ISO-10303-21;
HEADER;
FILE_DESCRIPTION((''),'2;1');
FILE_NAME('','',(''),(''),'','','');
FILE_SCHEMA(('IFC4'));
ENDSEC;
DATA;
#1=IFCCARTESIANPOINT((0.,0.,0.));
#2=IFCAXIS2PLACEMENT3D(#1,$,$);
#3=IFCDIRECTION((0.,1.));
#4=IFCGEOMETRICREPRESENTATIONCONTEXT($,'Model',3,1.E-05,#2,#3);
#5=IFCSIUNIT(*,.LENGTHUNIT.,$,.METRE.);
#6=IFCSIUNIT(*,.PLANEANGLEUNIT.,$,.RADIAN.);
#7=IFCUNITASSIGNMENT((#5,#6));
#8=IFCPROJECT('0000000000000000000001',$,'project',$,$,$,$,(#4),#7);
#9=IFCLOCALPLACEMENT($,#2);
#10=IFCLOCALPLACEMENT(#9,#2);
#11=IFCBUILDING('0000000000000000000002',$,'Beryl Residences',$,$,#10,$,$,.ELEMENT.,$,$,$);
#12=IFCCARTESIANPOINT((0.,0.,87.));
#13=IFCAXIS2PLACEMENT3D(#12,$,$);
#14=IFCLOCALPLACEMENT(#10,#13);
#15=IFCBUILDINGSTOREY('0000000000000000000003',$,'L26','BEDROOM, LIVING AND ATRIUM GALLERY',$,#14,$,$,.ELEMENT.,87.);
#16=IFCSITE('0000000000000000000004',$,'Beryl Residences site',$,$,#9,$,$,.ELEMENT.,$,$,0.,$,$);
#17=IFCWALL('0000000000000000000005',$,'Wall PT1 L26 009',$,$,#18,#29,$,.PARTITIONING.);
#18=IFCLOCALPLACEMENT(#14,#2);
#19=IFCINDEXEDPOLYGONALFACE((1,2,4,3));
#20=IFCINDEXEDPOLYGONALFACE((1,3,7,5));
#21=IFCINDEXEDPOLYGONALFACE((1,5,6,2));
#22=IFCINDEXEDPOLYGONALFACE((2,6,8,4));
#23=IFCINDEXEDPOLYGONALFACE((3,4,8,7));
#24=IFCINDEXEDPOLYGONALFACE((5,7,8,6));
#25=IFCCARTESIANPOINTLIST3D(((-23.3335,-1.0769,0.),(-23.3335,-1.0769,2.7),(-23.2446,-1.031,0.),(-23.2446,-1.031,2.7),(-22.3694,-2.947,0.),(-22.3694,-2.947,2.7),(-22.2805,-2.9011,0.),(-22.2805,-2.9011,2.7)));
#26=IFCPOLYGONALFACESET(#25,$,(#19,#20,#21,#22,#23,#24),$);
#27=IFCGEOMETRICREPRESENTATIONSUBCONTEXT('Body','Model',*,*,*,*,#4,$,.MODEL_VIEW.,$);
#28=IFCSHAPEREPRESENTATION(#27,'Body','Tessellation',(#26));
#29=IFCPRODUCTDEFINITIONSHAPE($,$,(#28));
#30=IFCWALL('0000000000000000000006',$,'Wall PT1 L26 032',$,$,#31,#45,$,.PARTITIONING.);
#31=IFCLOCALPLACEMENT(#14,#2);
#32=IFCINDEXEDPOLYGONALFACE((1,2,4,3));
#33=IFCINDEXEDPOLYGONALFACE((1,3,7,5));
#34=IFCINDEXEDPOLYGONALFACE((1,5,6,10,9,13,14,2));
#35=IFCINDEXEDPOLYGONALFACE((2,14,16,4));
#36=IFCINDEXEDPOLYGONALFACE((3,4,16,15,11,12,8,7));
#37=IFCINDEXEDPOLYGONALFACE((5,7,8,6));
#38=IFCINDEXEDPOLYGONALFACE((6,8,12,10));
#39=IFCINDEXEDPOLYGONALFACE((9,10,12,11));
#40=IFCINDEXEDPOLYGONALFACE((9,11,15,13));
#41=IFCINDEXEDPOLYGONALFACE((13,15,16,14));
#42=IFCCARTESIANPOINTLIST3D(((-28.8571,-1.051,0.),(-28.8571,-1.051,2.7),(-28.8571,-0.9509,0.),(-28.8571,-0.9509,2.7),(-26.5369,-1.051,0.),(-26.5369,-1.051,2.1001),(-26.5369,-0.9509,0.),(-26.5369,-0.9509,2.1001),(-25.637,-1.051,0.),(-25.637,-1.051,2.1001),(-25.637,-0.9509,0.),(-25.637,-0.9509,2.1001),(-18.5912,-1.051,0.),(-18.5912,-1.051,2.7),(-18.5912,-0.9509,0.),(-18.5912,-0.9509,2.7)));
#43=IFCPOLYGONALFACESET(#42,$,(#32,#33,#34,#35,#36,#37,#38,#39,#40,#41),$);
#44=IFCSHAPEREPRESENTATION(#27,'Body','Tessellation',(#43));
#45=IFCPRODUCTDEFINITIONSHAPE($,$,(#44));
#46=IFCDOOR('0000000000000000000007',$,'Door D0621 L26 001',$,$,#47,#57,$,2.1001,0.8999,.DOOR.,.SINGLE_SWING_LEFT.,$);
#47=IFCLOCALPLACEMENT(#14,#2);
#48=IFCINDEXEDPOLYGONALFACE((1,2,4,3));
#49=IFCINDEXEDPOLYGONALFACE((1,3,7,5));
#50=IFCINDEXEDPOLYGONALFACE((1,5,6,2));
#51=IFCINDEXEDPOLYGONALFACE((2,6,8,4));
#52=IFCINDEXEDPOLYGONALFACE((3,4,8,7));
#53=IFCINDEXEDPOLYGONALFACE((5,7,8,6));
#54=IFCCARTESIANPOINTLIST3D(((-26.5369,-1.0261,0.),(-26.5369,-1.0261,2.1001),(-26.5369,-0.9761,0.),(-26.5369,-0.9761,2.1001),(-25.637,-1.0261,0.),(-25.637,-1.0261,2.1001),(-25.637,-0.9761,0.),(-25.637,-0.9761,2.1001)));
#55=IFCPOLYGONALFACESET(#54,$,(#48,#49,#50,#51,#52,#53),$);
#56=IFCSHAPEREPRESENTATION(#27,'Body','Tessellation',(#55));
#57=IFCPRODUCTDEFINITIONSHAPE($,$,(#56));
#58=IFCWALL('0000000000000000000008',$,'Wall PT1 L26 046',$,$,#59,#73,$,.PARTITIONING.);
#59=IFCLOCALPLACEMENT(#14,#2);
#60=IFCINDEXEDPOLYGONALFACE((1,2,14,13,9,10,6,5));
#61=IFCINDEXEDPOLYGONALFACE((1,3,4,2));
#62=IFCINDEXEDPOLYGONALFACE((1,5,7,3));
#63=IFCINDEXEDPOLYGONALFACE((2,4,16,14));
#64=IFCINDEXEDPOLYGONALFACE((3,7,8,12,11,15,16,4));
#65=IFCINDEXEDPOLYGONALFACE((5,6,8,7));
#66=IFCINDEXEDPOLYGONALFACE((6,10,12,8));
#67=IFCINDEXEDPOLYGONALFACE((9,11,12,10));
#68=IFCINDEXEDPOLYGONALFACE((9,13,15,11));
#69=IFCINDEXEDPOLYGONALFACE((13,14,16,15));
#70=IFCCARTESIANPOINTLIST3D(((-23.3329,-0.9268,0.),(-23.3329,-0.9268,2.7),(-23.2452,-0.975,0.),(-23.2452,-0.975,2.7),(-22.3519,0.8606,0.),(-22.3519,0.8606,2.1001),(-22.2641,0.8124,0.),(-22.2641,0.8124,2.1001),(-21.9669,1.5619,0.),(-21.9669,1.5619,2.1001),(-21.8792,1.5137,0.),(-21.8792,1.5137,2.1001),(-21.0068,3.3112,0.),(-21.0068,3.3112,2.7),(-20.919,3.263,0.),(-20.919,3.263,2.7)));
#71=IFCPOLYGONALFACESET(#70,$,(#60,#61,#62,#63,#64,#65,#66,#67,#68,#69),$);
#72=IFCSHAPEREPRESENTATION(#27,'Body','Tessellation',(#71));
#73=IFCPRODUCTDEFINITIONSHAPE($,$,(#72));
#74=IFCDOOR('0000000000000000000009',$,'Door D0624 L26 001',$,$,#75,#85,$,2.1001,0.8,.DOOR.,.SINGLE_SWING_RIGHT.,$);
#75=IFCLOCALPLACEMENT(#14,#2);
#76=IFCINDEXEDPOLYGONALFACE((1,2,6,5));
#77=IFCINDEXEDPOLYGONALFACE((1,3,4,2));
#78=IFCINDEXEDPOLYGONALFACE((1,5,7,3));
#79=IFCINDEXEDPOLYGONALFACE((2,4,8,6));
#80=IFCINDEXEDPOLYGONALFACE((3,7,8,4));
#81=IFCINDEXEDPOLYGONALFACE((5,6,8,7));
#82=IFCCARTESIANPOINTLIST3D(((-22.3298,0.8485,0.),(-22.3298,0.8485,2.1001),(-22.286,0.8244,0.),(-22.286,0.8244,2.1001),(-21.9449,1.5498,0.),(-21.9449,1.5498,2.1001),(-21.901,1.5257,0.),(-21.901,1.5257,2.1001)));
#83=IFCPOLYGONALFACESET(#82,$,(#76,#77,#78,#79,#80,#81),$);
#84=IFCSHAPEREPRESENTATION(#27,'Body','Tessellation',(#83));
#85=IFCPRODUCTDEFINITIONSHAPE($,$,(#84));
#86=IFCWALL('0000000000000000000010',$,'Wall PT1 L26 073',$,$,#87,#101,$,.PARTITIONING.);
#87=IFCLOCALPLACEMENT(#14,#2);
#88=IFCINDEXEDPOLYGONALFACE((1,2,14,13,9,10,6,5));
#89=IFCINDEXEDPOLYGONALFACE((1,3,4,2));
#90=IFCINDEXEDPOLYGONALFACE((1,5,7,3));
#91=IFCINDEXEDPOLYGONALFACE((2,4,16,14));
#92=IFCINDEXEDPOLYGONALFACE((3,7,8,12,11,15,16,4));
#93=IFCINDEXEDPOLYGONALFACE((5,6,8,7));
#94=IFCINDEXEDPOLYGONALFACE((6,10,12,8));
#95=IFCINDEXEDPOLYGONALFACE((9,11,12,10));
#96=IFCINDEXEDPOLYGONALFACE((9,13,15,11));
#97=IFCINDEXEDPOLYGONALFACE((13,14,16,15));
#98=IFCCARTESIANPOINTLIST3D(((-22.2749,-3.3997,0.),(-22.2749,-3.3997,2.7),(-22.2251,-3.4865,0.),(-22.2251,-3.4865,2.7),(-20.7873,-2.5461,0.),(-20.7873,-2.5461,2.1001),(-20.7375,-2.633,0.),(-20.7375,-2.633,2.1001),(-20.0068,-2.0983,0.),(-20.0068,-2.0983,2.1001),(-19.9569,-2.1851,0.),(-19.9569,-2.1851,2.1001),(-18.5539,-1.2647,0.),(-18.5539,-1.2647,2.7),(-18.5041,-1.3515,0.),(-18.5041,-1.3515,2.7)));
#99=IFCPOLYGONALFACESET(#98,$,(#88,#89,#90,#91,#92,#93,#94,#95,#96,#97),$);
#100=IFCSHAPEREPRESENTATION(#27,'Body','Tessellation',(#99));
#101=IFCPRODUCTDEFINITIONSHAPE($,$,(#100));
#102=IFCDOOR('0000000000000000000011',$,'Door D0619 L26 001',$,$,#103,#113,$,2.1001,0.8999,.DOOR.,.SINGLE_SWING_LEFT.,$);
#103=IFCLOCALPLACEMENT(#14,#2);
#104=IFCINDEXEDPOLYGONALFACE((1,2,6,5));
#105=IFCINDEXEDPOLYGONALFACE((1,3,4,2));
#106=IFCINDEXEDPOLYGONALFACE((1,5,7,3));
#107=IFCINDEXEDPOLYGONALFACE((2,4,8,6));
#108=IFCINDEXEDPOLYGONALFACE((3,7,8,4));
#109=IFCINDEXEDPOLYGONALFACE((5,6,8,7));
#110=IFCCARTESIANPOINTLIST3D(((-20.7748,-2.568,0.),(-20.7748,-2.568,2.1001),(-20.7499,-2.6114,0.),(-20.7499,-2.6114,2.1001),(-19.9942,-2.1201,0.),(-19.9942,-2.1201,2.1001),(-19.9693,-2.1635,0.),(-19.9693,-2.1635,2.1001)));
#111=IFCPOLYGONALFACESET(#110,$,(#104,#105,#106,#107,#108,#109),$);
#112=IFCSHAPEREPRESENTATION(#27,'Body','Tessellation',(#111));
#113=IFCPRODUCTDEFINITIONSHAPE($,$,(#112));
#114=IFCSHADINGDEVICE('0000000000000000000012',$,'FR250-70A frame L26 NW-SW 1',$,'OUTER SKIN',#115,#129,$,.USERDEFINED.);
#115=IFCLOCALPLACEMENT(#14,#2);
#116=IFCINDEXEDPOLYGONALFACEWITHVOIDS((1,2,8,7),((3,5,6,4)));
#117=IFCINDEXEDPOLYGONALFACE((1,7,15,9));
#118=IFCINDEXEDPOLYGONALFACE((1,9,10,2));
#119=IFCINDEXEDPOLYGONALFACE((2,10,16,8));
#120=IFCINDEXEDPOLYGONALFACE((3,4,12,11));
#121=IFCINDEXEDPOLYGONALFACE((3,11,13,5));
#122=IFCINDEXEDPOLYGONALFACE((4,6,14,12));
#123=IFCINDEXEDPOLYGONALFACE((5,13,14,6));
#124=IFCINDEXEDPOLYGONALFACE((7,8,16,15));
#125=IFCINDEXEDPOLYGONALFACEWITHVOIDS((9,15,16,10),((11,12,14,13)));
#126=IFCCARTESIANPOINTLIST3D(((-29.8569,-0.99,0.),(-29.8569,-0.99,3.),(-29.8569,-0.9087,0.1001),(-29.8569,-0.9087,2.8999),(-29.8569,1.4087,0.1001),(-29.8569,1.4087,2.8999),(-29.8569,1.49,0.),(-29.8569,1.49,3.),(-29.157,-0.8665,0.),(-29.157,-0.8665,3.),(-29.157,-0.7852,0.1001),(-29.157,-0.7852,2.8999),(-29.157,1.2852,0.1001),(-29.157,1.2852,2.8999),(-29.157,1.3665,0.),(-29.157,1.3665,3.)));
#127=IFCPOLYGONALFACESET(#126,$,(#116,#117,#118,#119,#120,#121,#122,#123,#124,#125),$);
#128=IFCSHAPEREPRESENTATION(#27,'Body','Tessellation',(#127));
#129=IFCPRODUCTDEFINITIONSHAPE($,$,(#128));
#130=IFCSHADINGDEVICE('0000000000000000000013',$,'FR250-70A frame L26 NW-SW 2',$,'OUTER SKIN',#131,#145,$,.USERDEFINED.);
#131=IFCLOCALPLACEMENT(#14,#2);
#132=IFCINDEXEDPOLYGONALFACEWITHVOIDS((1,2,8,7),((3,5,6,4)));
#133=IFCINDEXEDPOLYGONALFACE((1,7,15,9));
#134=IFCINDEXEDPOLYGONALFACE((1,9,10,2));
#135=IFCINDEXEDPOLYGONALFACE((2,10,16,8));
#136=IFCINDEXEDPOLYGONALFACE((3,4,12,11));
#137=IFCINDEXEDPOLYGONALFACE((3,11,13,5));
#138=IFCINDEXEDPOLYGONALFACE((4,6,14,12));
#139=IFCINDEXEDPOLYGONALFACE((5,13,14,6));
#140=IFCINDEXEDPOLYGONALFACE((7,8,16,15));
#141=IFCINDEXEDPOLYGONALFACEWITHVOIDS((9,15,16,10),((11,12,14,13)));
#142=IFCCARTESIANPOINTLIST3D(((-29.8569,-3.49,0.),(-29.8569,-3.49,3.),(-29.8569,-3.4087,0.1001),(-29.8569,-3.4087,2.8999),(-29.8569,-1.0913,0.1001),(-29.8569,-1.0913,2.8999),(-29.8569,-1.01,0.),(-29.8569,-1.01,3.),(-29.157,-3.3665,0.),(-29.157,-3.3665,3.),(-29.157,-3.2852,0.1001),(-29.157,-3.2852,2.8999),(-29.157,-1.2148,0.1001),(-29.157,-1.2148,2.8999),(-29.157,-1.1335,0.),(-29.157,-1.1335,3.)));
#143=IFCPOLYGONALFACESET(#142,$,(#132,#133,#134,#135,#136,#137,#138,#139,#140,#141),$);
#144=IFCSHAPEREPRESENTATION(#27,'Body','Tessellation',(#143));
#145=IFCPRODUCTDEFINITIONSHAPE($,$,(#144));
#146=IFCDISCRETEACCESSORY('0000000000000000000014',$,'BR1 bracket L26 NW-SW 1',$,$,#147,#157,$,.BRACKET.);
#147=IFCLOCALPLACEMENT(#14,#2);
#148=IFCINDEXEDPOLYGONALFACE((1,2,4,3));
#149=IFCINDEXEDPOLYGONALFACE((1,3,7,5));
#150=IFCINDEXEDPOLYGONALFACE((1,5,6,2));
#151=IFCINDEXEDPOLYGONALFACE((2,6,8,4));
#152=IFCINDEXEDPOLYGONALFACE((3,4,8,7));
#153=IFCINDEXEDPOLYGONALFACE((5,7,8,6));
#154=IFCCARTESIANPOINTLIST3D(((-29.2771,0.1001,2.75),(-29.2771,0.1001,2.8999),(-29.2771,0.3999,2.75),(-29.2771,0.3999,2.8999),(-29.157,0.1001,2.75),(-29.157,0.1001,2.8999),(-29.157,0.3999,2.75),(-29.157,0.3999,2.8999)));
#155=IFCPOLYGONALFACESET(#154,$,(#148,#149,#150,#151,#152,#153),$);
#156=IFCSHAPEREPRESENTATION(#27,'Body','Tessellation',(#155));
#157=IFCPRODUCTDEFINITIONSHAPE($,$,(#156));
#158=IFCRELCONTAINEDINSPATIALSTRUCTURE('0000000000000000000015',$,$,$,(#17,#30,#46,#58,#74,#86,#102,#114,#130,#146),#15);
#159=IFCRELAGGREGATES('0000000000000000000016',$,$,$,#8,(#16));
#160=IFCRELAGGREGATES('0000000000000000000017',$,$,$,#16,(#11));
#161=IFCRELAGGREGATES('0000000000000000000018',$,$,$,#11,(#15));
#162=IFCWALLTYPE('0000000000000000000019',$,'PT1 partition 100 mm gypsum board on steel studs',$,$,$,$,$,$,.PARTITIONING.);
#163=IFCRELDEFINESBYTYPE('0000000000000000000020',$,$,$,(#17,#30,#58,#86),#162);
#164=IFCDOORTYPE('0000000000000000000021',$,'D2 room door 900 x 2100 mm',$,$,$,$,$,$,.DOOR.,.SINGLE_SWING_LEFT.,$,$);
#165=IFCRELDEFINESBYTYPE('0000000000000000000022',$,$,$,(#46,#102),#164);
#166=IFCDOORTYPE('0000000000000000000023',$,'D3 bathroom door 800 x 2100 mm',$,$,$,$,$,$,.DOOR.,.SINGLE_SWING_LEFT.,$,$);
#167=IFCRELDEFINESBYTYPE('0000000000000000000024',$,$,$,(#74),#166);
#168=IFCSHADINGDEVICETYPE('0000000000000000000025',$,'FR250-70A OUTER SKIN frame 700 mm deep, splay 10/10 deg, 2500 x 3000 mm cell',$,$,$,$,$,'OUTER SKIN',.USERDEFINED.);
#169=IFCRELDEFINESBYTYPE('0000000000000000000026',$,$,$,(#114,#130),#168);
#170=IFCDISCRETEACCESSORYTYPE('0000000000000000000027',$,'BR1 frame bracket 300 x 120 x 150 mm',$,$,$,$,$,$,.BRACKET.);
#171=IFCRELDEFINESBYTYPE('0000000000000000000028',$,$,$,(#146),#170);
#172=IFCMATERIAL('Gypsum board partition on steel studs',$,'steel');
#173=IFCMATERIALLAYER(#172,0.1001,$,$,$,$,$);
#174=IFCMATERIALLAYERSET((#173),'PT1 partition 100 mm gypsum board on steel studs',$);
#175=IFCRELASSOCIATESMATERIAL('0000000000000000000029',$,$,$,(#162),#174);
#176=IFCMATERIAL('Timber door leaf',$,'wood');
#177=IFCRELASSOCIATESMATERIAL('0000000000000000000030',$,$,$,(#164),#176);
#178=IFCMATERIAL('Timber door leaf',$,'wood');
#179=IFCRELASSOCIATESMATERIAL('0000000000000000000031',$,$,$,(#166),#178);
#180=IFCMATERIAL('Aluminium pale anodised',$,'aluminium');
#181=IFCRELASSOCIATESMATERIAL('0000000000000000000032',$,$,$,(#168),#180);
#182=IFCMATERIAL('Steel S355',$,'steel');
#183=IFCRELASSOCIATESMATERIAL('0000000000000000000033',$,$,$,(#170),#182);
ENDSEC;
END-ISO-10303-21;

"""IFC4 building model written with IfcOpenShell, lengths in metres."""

from ifc_helpers import new_model, entity, si_unit, direction, frame, frame_2d, origin, place, context, subcontext, project, spatial, polyline, rectangle, outline, extrude, source, transform, mapped, material, layer, layer_set, type_object, type_shapes, element, fill, save


model = new_model("IFC4")

# Units and contexts
model_context = context("Model", 3, precision=1e-05, world=origin(), true_north=direction((0.0, 1.0)))
body_context = subcontext(model_context, "Body", "Model", "MODEL_VIEW")
ifc_project = project(units=[si_unit("LENGTHUNIT", "METRE"), si_unit("PLANEANGLEUNIT", "RADIAN")], contexts=[model_context])

# Site, building, storey
site_placement = place(None, origin())
site = spatial("IfcSite", under=ifc_project, at=site_placement, Name="Beryl Residences site", CompositionType="ELEMENT", RefElevation=0.0)
building_placement = place(site_placement, origin())
building = spatial("IfcBuilding", under=site, at=building_placement, Name="Beryl Residences", CompositionType="ELEMENT")
storey_placement = place(building_placement, frame((0.0, 0.0, 87.0)))
storey = spatial("IfcBuildingStorey", under=building, at=storey_placement, Name="L26", Description="BEDROOM, LIVING AND ATRIUM GALLERY", CompositionType="ELEMENT", Elevation=87.0)

# Wall
ifc_material_1 = material(Name="Gypsum board partition on steel studs", Category="steel")
ifc_layer_1 = layer(ifc_material_1, 0.1001)
ifc_layer_set_1 = layer_set([ifc_layer_1], Name="PT1 partition 100 mm gypsum board on steel studs")
wall_type_1 = type_object("IfcWallType", Name="PT1 partition 100 mm gypsum board on steel studs", PredefinedType="PARTITIONING", material=ifc_layer_set_1)
wall_1_placement = place(storey_placement, frame((-23.2891, -1.054, 0.0), z_axis=(0.0, 0.0, 1.0), x_axis=(0.458226, -0.888836, 0.0)))
element("IfcWall", 1, at=wall_1_placement, inside=storey, type_object=wall_type_1, Name="Wall PT1 L26 009", PredefinedType="PARTITIONING", context=body_context, shape_type="SweptSolid", body=[
    extrude(rectangle(XDim=2.104, YDim=0.1001, at=frame_2d((1.052, 0.0))), origin(), (0.0, 0.0, 1.0), 2.7),
])

# Walls, openings, doors
wall_2_placement = place(storey_placement, frame((-28.8569, -1.001, 0.0), z_axis=(0.0, 0.0, 1.0), x_axis=(1.0, 0.0, 0.0)))
wall_2 = element("IfcWall", 2, at=wall_2_placement, inside=storey, type_object=wall_type_1, Name="Wall PT1 L26 032", PredefinedType="PARTITIONING", context=body_context, shape_type="SweptSolid", body=[
    extrude(rectangle(XDim=10.2659, YDim=0.1001, at=frame_2d((5.1328, 0.0))), origin(), (0.0, 0.0, 1.0), 2.7),
])
opening_1_placement = place(wall_2_placement, frame((2.3201, 0.0, 0.0)))
opening_1 = element("IfcOpeningElement", 3, at=opening_1_placement, cuts=wall_2, PredefinedType="OPENING", context=body_context, shape_type="SweptSolid", body=[
    extrude(rectangle(XDim=0.8999, YDim=2.1001, at=frame_2d((0.45, 1.05))), frame((0.0, 0.0601, 0.0), z_axis=(0.0, -1.0, 0.0), x_axis=(1.0, 0.0, 0.0)), (0.0, 0.0, 1.0), 0.1201),
])
ifc_material_2 = material(Name="Timber door leaf", Category="wood")
door_type_1 = type_object("IfcDoorType", Name="D2 room door 900 x 2100 mm", OperationType="SINGLE_SWING_LEFT", PredefinedType="DOOR", material=ifc_material_2)
door_1_placement = place(opening_1_placement, origin())
door_1 = element("IfcDoor", 4, at=door_1_placement, inside=storey, type_object=door_type_1, Name="Door D0621 L26 001", OperationType="SINGLE_SWING_LEFT", OverallHeight=2.1001, OverallWidth=0.8999, PredefinedType="DOOR", context=body_context, shape_type="SweptSolid", body=[
    extrude(rectangle(XDim=0.8999, YDim=2.1001, at=frame_2d((0.45, 1.05))), frame((0.0, 0.0249, 0.0), z_axis=(0.0, -1.0, 0.0), x_axis=(1.0, 0.0, 0.0)), (0.0, 0.0, 1.0), 0.05),
])
fill(opening_1, door_1)
wall_3_placement = place(storey_placement, frame((-23.2891, -0.9509, 0.0), z_axis=(0.0, 0.0, 1.0), x_axis=(0.481164, 0.87663, 0.0)))
wall_3 = element("IfcWall", 5, at=wall_3_placement, inside=storey, type_object=wall_type_1, Name="Wall PT1 L26 046", PredefinedType="PARTITIONING", context=body_context, shape_type="SweptSolid", body=[
    extrude(rectangle(XDim=4.8345, YDim=0.1001, at=frame_2d((2.4172, 0.0))), origin(), (0.0, 0.0, 1.0), 2.7),
])
opening_2_placement = place(wall_3_placement, frame((2.0391, 0.0, 0.0)))
opening_2 = element("IfcOpeningElement", 6, at=opening_2_placement, cuts=wall_3, PredefinedType="OPENING", context=body_context, shape_type="SweptSolid", body=[
    extrude(rectangle(XDim=0.8, YDim=2.1001, at=frame_2d((0.3999, 1.05))), frame((0.0, 0.0601, 0.0), z_axis=(0.0, -1.0, 0.0), x_axis=(1.0, 0.0, 0.0)), (0.0, 0.0, 1.0), 0.1201),
])
ifc_material_3 = material(Name="Timber door leaf", Category="wood")
door_type_2 = type_object("IfcDoorType", Name="D3 bathroom door 800 x 2100 mm", OperationType="SINGLE_SWING_LEFT", PredefinedType="DOOR", material=ifc_material_3)
door_2_placement = place(opening_2_placement, origin())
door_2 = element("IfcDoor", 7, at=door_2_placement, inside=storey, type_object=door_type_2, Name="Door D0624 L26 001", OperationType="SINGLE_SWING_RIGHT", OverallHeight=2.1001, OverallWidth=0.8, PredefinedType="DOOR", context=body_context, shape_type="SweptSolid", body=[
    extrude(rectangle(XDim=0.8, YDim=2.1001, at=frame_2d((0.3999, 1.05))), frame((0.0, 0.0249, 0.0), z_axis=(0.0, -1.0, 0.0), x_axis=(1.0, 0.0, 0.0)), (0.0, 0.0, 1.0), 0.05),
])
fill(opening_2, door_2)
wall_4_placement = place(storey_placement, frame((-22.25, -3.4431, 0.0), z_axis=(0.0, 0.0, 1.0), x_axis=(0.867363, 0.497676, 0.0)))
wall_4 = element("IfcWall", 8, at=wall_4_placement, inside=storey, type_object=wall_type_1, Name="Wall PT1 L26 073", PredefinedType="PARTITIONING", context=body_context, shape_type="SweptSolid", body=[
    extrude(rectangle(XDim=4.29, YDim=0.1001, at=frame_2d((2.145, 0.0))), origin(), (0.0, 0.0, 1.0), 2.7),
])
opening_3_placement = place(wall_4_placement, frame((1.7151, 0.0, 0.0)))
opening_3 = element("IfcOpeningElement", 9, at=opening_3_placement, cuts=wall_4, PredefinedType="OPENING", context=body_context, shape_type="SweptSolid", body=[
    extrude(rectangle(XDim=0.8999, YDim=2.1001, at=frame_2d((0.45, 1.05))), frame((0.0, 0.0601, 0.0), z_axis=(0.0, -1.0, 0.0), x_axis=(1.0, 0.0, 0.0)), (0.0, 0.0, 1.0), 0.1201),
])
door_3_placement = place(opening_3_placement, origin())
door_3 = element("IfcDoor", 10, at=door_3_placement, inside=storey, type_object=door_type_1, Name="Door D0619 L26 001", OperationType="SINGLE_SWING_LEFT", OverallHeight=2.1001, OverallWidth=0.8999, PredefinedType="DOOR", context=body_context, shape_type="SweptSolid", body=[
    extrude(rectangle(XDim=0.8999, YDim=2.1001, at=frame_2d((0.45, 1.05))), frame((0.0, 0.0249, 0.0), z_axis=(0.0, -1.0, 0.0), x_axis=(1.0, 0.0, 0.0)), (0.0, 0.0, 1.0), 0.05),
])
fill(opening_3, door_3)

# Shading devices
ifc_material_4 = material(Name="Aluminium pale anodised", Category="aluminium")
shading_device_type = type_object("IfcShadingDeviceType", Name="FR250-70A OUTER SKIN frame 700 mm deep, splay 10/10 deg, 2500 x 3000 mm cell", ElementType="OUTER SKIN", PredefinedType="USERDEFINED", material=ifc_material_4)
cartesian_point_1 = entity("IfcCartesianPoint", [-1.1165, 0.0])
cartesian_point_2 = entity("IfcCartesianPoint", [-1.0352, 0.1001])
cartesian_point_3 = entity("IfcCartesianPoint", [-1.24, 0.0])
cartesian_point_4 = entity("IfcCartesianPoint", [-1.1587, 0.1001])
shared_shape_1 = source(origin(), body_context, "Body", "SweptSolid", [
    entity("IfcExtrudedAreaSolidTapered", entity("IfcArbitraryProfileDefWithVoids", "AREA", None, entity("IfcPolyline", [cartesian_point_1, entity("IfcCartesianPoint", [1.1165, 0.0]), entity("IfcCartesianPoint", [1.1165, 3.0]), entity("IfcCartesianPoint", [-1.1165, 3.0]), cartesian_point_1]), [entity("IfcPolyline", [cartesian_point_2, entity("IfcCartesianPoint", [1.0352, 0.1001]), entity("IfcCartesianPoint", [1.0352, 2.8999]), entity("IfcCartesianPoint", [-1.0352, 2.8999]), cartesian_point_2])]), entity("IfcAxis2Placement3D", entity("IfcCartesianPoint", [0.0, 0.0, 0.0]), entity("IfcDirection", [0.0, 1.0, 0.0]), entity("IfcDirection", [-1.0, 0.0, 0.0])), entity("IfcDirection", [0.0, 0.0, 1.0]), 0.7, entity("IfcArbitraryProfileDefWithVoids", "AREA", None, entity("IfcPolyline", [cartesian_point_3, entity("IfcCartesianPoint", [1.24, 0.0]), entity("IfcCartesianPoint", [1.24, 3.0]), entity("IfcCartesianPoint", [-1.24, 3.0]), cartesian_point_3]), [entity("IfcPolyline", [cartesian_point_4, entity("IfcCartesianPoint", [1.1587, 0.1001]), entity("IfcCartesianPoint", [1.1587, 2.8999]), entity("IfcCartesianPoint", [-1.1587, 2.8999]), cartesian_point_4])])),
])
type_shapes(shading_device_type, [shared_shape_1])
for number, where, z_axis, x_axis, name in (
    (11, (-29.157, 0.25, 0.0), (0.0, 0.0, 1.0), (0.0, 1.0, 0.0), "FR250-70A frame L26 NW-SW 1"),
    (12, (-29.157, -2.25, 0.0), (0.0, 0.0, 1.0), (0.0, 1.0, 0.0), "FR250-70A frame L26 NW-SW 2"),
):
    element("IfcShadingDevice", number, at=place(storey_placement, frame(where, z_axis=z_axis, x_axis=x_axis)), inside=storey, type_object=shading_device_type, Name=name, ObjectType="OUTER SKIN", PredefinedType="USERDEFINED", context=body_context, shape_type="MappedRepresentation", body=[
        mapped(shared_shape_1, transform((0.0, 0.0, 0.0))),
    ])

# Discrete accessory
ifc_material_5 = material(Name="Steel S355", Category="steel")
discrete_accessory_type = type_object("IfcDiscreteAccessoryType", Name="BR1 frame bracket 300 x 120 x 150 mm", PredefinedType="BRACKET", material=ifc_material_5)
shared_shape_2 = source(origin(), body_context, "Body", "SweptSolid", [
    extrude(outline(polyline([(-0.1499, 0.0), (0.1499, 0.0), (0.1499, 0.1201), (-0.1499, 0.1201), (-0.1499, 0.0)])), origin(), (0.0, 0.0, 1.0), 0.1499),
])
type_shapes(discrete_accessory_type, [shared_shape_2])
discrete_accessory_placement = place(storey_placement, frame((-29.157, 0.25, 2.75), z_axis=(0.0, 0.0, 1.0), x_axis=(0.0, 1.0, 0.0)))
element("IfcDiscreteAccessory", 13, at=discrete_accessory_placement, inside=storey, type_object=discrete_accessory_type, Name="BR1 bracket L26 NW-SW 1", PredefinedType="BRACKET", context=body_context, shape_type="MappedRepresentation", body=[
    mapped(shared_shape_2, transform((0.0, 0.0, 0.0))),
])

save(model, "model.ifc")
